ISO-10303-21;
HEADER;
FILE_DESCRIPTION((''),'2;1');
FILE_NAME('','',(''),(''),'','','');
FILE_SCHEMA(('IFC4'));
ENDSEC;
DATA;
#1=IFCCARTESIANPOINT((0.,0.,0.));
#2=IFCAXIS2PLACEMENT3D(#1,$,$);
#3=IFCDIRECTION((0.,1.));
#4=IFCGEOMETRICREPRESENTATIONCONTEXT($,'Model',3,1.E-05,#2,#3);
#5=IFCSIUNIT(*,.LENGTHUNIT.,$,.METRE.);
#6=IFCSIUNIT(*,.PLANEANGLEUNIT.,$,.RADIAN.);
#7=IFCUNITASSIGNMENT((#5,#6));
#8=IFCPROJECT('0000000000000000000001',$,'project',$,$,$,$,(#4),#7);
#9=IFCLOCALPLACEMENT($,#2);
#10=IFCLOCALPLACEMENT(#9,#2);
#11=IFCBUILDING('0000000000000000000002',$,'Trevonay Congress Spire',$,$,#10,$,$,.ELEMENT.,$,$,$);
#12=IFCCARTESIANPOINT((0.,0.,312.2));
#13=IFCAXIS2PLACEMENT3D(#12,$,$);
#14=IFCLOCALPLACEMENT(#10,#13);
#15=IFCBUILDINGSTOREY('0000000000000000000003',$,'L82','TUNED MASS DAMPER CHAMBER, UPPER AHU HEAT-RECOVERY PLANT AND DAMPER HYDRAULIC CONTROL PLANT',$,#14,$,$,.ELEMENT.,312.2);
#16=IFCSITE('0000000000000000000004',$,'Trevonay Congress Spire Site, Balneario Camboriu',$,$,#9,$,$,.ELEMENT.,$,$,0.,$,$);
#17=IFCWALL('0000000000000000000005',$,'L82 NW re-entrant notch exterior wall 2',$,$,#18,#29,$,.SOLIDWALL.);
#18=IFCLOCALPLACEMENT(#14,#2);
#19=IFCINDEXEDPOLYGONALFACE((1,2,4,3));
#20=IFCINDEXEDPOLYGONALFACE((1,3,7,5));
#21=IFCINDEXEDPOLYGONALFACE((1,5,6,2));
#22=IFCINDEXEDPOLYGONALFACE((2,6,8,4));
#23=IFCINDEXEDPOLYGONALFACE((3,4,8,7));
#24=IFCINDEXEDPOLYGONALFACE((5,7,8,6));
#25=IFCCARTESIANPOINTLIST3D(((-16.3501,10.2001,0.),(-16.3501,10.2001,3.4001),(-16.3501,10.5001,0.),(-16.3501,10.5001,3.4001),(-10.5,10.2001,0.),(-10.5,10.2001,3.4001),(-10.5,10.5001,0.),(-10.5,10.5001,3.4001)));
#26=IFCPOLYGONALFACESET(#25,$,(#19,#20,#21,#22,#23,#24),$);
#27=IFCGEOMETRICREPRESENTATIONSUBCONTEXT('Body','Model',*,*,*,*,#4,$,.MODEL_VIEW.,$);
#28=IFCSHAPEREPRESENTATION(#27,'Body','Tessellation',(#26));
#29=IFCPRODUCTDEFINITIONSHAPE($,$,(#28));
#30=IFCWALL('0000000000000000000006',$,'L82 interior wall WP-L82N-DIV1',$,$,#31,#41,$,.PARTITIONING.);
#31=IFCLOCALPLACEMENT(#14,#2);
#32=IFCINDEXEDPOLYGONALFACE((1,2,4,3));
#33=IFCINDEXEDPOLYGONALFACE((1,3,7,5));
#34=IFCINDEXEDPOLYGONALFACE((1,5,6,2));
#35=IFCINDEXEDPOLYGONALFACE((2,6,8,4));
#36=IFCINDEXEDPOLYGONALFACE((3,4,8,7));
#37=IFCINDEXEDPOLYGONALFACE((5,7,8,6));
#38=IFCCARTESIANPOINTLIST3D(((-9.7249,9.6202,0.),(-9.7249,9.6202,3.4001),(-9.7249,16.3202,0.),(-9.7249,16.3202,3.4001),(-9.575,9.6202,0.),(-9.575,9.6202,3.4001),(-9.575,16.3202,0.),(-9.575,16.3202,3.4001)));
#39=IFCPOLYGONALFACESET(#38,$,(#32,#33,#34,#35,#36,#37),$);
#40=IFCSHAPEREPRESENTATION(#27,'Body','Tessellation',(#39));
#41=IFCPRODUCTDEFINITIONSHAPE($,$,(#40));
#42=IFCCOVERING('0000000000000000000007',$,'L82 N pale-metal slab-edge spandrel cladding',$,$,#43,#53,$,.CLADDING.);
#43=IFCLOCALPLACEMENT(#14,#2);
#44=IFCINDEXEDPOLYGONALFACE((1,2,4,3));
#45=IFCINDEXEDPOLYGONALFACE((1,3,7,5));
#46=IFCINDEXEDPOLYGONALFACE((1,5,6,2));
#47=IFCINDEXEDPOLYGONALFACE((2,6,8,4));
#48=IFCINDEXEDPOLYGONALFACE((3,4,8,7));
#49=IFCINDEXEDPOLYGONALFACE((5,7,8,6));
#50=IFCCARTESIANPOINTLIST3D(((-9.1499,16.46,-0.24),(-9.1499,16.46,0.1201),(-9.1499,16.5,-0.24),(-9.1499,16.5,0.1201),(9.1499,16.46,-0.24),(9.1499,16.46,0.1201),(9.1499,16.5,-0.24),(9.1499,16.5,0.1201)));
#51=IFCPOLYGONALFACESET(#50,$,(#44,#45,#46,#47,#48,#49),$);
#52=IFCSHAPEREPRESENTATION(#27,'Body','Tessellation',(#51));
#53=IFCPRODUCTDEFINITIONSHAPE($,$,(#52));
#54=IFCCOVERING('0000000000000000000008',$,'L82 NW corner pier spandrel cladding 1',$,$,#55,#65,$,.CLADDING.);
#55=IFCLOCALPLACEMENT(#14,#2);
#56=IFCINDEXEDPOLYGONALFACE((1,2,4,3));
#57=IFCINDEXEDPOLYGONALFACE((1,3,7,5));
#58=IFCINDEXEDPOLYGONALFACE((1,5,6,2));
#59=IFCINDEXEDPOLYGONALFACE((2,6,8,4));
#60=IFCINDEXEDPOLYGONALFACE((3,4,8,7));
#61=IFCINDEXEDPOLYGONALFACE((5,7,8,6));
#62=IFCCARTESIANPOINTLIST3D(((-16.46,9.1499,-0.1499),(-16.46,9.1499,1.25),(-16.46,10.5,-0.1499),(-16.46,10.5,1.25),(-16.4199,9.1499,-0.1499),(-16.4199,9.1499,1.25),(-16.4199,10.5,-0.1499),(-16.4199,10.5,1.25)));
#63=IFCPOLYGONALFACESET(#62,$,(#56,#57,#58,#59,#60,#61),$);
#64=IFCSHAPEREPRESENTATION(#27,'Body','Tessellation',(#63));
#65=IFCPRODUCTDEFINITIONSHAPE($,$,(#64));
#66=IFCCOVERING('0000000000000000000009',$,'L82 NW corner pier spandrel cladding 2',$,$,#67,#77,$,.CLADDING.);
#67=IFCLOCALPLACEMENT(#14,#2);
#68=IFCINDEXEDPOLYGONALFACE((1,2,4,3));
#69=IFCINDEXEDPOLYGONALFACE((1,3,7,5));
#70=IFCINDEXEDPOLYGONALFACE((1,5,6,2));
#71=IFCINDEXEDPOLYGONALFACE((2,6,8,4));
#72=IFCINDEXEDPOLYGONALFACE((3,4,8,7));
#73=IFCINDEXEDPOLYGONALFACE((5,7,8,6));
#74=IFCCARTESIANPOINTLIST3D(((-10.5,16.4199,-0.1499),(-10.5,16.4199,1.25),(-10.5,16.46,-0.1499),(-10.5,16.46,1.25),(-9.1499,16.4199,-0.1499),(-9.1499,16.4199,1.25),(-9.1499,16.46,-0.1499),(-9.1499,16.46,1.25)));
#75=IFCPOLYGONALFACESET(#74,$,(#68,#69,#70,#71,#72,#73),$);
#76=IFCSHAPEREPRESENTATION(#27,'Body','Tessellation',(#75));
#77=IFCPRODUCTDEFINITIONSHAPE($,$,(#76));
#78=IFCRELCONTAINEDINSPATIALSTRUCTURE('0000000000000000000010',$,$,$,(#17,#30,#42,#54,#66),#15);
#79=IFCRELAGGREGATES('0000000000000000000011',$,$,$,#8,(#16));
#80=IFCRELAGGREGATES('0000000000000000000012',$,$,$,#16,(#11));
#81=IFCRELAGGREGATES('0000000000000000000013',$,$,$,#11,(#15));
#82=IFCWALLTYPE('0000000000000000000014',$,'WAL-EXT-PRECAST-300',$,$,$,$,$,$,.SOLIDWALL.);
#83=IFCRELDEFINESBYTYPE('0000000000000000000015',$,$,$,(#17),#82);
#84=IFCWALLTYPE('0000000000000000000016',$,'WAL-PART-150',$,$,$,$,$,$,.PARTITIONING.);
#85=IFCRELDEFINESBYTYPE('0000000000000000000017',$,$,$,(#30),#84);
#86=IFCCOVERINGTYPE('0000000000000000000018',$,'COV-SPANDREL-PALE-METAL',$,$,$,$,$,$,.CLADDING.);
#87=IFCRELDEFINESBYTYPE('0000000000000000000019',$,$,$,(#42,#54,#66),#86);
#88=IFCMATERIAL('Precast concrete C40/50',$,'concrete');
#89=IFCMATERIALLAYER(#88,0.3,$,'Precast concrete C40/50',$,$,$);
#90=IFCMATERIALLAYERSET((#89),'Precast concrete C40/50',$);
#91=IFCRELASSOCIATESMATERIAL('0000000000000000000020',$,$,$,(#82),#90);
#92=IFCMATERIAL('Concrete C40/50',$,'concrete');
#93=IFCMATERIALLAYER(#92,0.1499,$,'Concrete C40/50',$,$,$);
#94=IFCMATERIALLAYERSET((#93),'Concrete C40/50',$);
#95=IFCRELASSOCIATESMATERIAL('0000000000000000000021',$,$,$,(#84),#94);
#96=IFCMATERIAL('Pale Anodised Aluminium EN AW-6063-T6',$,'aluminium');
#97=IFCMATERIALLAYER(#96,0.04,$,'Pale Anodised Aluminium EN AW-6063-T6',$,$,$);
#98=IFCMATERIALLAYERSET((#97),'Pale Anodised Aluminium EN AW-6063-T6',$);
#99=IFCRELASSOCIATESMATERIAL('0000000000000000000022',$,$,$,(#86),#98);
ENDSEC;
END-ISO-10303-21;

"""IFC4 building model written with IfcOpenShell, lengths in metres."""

from ifc_helpers import new_model, si_unit, direction, frame, frame_2d, origin, place, context, subcontext, project, spatial, rectangle, extrude, material, layer, layer_set, type_object, element, save


model = new_model("IFC4")

# Units and contexts
model_context = context("Model", 3, precision=1e-05, world=origin(), true_north=direction((0.0, 1.0)))
body_context = subcontext(model_context, "Body", "Model", "MODEL_VIEW")
ifc_project = project(units=[si_unit("LENGTHUNIT", "METRE"), si_unit("PLANEANGLEUNIT", "RADIAN")], contexts=[model_context])

# Site, building, storey
site_placement = place(None, origin())
site = spatial("IfcSite", under=ifc_project, at=site_placement, Name="Trevonay Congress Spire Site, Balneario Camboriu", CompositionType="ELEMENT", RefElevation=0.0)
building_placement = place(site_placement, origin())
building = spatial("IfcBuilding", under=site, at=building_placement, Name="Trevonay Congress Spire", CompositionType="ELEMENT")
storey_placement = place(building_placement, frame((0.0, 0.0, 312.2)))
storey = spatial("IfcBuildingStorey", under=building, at=storey_placement, Name="L82", Description="TUNED MASS DAMPER CHAMBER, UPPER AHU HEAT-RECOVERY PLANT AND DAMPER HYDRAULIC CONTROL PLANT", CompositionType="ELEMENT", Elevation=312.2)

# Shared definitions
ifc_material_1 = material(Name="Pale Anodised Aluminium EN AW-6063-T6", Category="aluminium")

# Shared definitions
ifc_material_2 = material(Name="Concrete C40/50", Category="concrete")

# Shared definitions
ifc_material_3 = material(Name="Precast concrete C40/50", Category="concrete")
ifc_layer_1 = layer(ifc_material_3, 0.3, Name="Precast concrete C40/50")
ifc_layer_set_1 = layer_set([ifc_layer_1], Name="Precast concrete C40/50")
wall_type_1 = type_object("IfcWallType", Name="WAL-EXT-PRECAST-300", PredefinedType="SOLIDWALL", material=ifc_layer_set_1)

# Walls
wall_1_placement = place(storey_placement, frame((-16.3501, 10.3501, 0.0), z_axis=(0.0, 0.0, 1.0), x_axis=(1.0, 0.0, 0.0)))
element("IfcWall", 1, at=wall_1_placement, inside=storey, type_object=wall_type_1, Name="L82 NW re-entrant notch exterior wall 2", PredefinedType="SOLIDWALL", context=body_context, shape_type="SweptSolid", body=[
    extrude(rectangle(XDim=5.8501, YDim=0.3, at=frame_2d((2.925, 0.0))), origin(), (0.0, 0.0, 1.0), 3.4001),
])
ifc_layer_2 = layer(ifc_material_2, 0.1499, Name="Concrete C40/50")
ifc_layer_set_2 = layer_set([ifc_layer_2], Name="Concrete C40/50")
wall_type_2 = type_object("IfcWallType", Name="WAL-PART-150", PredefinedType="PARTITIONING", material=ifc_layer_set_2)
wall_2_placement = place(storey_placement, frame((-9.6499, 9.6201, 0.0), z_axis=(0.0, 0.0, 1.0), x_axis=(0.0, 1.0, 0.0)))
element("IfcWall", 2, at=wall_2_placement, inside=storey, type_object=wall_type_2, Name="L82 interior wall WP-L82N-DIV1", PredefinedType="PARTITIONING", context=body_context, shape_type="SweptSolid", body=[
    extrude(rectangle(XDim=6.7, YDim=0.1499, at=frame_2d((3.3501, 0.0))), origin(), (0.0, 0.0, 1.0), 3.4001),
])

# Coverings
ifc_layer_3 = layer(ifc_material_1, 0.04, Name="Pale Anodised Aluminium EN AW-6063-T6")
ifc_layer_set_3 = layer_set([ifc_layer_3], Name="Pale Anodised Aluminium EN AW-6063-T6")
covering_type = type_object("IfcCoveringType", Name="COV-SPANDREL-PALE-METAL", PredefinedType="CLADDING", material=ifc_layer_set_3)
covering_placement = place(storey_placement, frame((-9.1499, 16.48, -0.24), z_axis=(0.0, 0.0, 1.0), x_axis=(1.0, 0.0, 0.0)))
element("IfcCovering", 3, at=covering_placement, inside=storey, type_object=covering_type, Name="L82 N pale-metal slab-edge spandrel cladding", PredefinedType="CLADDING", context=body_context, shape_type="SweptSolid", body=[
    extrude(rectangle(XDim=18.2998, YDim=0.04, at=frame_2d((9.1499, 0.0))), origin(), (0.0, 0.0, 1.0), 0.3601),
])
for number, where, z_axis, x_axis, name in (
    (4, (-16.4399, 9.1499, -0.1499), (0.0, 0.0, 1.0), (0.0, 1.0, 0.0), "L82 NW corner pier spandrel cladding 1"),
    (5, (-9.1499, 16.4399, -0.1499), (0.0, 0.0, 1.0), (-1.0, 0.0, 0.0), "L82 NW corner pier spandrel cladding 2"),
):
    element("IfcCovering", number, at=place(storey_placement, frame(where, z_axis=z_axis, x_axis=x_axis)), inside=storey, type_object=covering_type, Name=name, PredefinedType="CLADDING", context=body_context, shape_type="SweptSolid", body=[
        extrude(rectangle(XDim=1.3501, YDim=0.04, at=frame_2d((0.675, 0.0))), origin(), (0.0, 0.0, 1.0), 1.3999),
    ])

save(model, "model.ifc")
